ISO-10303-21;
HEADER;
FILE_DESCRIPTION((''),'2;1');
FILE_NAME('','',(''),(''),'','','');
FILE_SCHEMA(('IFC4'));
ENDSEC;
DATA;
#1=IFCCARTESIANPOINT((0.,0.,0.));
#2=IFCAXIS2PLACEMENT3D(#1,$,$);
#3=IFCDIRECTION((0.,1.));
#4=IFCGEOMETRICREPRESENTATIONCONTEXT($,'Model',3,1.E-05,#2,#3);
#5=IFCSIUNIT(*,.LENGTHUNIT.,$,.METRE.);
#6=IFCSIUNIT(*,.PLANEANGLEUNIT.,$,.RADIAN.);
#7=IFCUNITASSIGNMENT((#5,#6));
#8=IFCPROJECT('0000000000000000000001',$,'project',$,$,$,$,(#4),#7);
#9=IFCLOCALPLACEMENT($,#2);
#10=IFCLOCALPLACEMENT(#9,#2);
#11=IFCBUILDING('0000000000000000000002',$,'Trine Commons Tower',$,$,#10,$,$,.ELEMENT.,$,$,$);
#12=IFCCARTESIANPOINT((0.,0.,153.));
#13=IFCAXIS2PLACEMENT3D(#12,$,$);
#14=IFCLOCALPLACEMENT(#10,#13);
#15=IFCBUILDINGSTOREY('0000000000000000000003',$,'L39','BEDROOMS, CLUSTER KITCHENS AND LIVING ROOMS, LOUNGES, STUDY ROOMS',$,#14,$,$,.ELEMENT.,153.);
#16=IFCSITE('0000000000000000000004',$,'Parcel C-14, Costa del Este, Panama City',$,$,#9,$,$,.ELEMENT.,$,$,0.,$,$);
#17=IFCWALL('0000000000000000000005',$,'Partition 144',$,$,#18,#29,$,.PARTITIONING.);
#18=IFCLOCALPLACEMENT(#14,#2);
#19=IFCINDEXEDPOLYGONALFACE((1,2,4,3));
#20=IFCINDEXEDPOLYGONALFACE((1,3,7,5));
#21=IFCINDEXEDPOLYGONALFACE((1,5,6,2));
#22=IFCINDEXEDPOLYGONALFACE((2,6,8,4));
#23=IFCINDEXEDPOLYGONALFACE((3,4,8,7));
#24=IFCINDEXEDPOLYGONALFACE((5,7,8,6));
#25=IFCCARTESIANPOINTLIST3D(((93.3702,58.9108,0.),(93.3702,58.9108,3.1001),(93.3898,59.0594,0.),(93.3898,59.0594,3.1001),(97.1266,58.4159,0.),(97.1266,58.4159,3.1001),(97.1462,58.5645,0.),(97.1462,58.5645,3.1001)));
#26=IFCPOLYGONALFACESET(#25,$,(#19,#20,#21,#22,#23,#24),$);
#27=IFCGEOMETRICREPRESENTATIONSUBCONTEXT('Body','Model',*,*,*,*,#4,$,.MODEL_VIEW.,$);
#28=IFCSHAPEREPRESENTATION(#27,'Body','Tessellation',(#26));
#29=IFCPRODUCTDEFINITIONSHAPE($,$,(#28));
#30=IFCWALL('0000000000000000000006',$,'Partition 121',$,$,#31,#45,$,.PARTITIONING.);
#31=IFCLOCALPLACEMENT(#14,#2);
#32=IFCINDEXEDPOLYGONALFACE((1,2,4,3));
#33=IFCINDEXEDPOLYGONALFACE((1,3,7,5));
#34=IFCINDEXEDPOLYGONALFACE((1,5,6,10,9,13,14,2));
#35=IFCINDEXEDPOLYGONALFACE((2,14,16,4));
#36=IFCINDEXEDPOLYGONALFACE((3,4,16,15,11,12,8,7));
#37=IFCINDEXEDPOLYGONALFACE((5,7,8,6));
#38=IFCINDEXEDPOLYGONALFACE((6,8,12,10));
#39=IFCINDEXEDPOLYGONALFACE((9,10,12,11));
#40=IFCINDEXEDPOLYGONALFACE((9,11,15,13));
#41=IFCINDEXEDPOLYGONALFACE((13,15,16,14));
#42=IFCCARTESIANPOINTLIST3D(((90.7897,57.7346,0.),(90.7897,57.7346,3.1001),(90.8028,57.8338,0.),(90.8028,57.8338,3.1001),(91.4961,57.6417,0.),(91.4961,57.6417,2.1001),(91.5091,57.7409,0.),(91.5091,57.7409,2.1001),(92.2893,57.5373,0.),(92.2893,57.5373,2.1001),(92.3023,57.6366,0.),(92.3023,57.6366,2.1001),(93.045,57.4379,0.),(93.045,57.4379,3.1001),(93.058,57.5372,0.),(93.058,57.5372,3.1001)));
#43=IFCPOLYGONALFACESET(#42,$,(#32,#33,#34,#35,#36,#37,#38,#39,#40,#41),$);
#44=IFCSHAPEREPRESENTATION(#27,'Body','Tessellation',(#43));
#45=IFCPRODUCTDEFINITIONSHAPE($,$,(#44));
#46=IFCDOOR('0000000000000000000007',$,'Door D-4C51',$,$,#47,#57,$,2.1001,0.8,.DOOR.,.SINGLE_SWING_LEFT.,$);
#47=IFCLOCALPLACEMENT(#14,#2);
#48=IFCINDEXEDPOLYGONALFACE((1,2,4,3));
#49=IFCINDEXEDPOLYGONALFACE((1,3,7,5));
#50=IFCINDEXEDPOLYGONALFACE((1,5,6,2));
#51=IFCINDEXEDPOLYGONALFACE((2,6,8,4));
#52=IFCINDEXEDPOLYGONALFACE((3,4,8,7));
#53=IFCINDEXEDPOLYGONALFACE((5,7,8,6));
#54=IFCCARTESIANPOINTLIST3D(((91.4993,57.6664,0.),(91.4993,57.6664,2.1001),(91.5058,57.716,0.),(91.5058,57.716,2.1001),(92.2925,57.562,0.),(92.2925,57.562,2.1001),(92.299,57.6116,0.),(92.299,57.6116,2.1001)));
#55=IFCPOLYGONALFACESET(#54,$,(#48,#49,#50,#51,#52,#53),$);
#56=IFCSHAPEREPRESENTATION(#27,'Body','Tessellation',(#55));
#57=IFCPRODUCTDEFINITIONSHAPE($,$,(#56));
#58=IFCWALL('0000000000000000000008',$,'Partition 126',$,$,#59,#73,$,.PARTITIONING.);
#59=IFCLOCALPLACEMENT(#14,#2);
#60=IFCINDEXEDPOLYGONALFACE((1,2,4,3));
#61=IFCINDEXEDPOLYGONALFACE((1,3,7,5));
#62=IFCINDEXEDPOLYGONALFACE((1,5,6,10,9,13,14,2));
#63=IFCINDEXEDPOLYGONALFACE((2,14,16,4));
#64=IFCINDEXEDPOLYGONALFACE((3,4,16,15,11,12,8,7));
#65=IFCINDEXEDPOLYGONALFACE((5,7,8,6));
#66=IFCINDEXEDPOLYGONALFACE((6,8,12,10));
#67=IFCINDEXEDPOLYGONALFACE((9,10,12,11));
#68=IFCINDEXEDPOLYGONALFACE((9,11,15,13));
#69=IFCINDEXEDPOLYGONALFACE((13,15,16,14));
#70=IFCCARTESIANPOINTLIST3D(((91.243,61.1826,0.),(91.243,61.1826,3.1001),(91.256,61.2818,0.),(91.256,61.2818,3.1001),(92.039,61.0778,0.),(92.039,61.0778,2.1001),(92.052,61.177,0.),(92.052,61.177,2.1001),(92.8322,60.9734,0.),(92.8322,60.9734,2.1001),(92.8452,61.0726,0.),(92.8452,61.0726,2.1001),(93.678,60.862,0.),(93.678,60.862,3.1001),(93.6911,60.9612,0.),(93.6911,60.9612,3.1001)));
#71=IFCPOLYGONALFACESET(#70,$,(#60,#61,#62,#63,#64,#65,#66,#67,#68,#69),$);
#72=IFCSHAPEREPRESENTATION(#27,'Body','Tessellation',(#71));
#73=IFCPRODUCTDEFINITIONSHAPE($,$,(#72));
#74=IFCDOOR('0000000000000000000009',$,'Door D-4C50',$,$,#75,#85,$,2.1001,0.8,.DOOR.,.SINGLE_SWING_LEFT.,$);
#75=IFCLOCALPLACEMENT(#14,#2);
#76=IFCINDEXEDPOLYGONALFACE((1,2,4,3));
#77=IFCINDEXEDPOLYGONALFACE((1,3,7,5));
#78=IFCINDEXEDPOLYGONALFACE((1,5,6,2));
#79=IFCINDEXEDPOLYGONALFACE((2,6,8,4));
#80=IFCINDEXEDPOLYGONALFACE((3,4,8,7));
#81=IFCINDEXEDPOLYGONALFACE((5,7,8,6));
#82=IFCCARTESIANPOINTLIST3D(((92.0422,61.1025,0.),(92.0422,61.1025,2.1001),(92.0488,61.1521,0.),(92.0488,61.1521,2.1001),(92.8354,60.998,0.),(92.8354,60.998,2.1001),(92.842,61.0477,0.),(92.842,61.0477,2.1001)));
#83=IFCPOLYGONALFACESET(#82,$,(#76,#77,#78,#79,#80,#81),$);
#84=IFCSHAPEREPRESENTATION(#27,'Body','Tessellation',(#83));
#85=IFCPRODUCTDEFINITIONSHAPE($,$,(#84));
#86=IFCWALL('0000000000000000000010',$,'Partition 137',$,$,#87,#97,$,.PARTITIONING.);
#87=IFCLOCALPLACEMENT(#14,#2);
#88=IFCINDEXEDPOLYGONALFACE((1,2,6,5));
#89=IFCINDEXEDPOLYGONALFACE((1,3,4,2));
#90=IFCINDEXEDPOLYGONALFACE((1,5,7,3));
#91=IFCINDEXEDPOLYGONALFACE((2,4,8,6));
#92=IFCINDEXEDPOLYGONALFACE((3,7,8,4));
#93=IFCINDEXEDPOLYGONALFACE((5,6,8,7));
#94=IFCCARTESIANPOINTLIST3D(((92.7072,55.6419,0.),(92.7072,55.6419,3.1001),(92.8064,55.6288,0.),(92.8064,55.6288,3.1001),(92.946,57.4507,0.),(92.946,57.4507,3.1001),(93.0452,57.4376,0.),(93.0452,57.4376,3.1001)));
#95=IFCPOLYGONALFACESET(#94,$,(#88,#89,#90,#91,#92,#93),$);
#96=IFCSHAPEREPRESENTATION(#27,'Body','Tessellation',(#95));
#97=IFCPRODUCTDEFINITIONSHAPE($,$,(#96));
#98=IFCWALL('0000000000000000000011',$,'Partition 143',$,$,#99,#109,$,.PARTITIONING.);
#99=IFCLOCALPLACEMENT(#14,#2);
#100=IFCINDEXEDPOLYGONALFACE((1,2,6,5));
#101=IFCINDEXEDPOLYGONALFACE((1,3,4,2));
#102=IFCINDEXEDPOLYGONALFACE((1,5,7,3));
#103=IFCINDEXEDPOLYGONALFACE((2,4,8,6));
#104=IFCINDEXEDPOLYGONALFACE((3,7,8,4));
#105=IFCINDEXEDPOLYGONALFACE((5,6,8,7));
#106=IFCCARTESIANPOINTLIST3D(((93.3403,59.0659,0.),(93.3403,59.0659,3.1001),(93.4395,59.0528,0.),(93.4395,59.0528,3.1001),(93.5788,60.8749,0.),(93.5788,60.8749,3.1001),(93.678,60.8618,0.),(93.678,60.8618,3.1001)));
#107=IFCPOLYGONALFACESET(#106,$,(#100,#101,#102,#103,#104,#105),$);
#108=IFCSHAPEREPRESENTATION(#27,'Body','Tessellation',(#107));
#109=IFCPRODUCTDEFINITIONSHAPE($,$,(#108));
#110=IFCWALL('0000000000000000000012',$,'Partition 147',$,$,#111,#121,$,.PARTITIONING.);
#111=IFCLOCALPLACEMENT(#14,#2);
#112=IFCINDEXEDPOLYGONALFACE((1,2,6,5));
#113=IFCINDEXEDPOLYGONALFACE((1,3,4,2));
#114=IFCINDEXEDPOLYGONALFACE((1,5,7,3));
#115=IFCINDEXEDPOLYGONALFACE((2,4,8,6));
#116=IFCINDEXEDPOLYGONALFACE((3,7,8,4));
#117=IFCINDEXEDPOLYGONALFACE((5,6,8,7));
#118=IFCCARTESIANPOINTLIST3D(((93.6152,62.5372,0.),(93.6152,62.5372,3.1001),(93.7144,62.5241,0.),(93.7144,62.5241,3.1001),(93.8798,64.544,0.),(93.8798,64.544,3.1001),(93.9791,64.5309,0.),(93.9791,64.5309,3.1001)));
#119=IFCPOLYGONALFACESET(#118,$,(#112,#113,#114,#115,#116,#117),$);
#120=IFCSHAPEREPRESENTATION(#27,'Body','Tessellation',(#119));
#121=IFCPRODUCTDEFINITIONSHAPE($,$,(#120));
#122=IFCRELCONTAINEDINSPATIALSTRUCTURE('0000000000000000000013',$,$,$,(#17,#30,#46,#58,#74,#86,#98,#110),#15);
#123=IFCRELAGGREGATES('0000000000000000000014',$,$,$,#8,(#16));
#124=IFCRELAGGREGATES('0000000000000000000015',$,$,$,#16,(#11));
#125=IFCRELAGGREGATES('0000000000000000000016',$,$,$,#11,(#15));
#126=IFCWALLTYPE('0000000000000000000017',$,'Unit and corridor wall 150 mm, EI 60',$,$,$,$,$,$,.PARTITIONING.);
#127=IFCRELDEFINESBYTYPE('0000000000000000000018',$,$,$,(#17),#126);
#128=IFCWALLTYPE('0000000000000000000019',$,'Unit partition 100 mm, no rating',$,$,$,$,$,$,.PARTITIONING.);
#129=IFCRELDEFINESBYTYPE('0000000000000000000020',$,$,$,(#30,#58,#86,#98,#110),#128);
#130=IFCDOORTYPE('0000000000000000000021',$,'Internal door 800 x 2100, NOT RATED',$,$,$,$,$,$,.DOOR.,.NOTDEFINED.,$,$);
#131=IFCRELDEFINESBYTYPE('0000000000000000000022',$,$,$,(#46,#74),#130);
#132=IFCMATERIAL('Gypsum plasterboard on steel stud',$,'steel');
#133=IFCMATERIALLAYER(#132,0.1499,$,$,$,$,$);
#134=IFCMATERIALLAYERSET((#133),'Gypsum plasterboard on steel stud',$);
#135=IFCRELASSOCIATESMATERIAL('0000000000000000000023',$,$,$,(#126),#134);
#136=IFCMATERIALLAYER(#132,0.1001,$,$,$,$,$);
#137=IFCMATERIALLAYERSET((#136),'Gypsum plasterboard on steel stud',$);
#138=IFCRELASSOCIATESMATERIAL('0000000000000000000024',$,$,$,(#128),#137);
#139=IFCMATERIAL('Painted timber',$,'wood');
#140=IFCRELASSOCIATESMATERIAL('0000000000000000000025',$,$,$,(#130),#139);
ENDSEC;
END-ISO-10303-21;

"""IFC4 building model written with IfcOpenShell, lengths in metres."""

from ifc_helpers import new_model, si_unit, direction, frame, frame_2d, origin, place, context, subcontext, project, spatial, rectangle, extrude, material, layer, layer_set, type_object, element, fill, save


model = new_model("IFC4")

# Units and contexts
model_context = context("Model", 3, precision=1e-05, world=origin(), true_north=direction((0.0, 1.0)))
body_context = subcontext(model_context, "Body", "Model", "MODEL_VIEW")
ifc_project = project(units=[si_unit("LENGTHUNIT", "METRE"), si_unit("PLANEANGLEUNIT", "RADIAN")], contexts=[model_context])

# Site, building, storey
site_placement = place(None, origin())
site = spatial("IfcSite", under=ifc_project, at=site_placement, Name="Parcel C-14, Costa del Este, Panama City", CompositionType="ELEMENT", RefElevation=0.0)
building_placement = place(site_placement, origin())
building = spatial("IfcBuilding", under=site, at=building_placement, Name="Trine Commons Tower", CompositionType="ELEMENT")
storey_placement = place(building_placement, frame((0.0, 0.0, 153.0)))
storey = spatial("IfcBuildingStorey", under=building, at=storey_placement, Name="L39", Description="BEDROOMS, CLUSTER KITCHENS AND LIVING ROOMS, LOUNGES, STUDY ROOMS", CompositionType="ELEMENT", Elevation=153.0)

# Shared definitions
ifc_material_1 = material(Name="Gypsum plasterboard on steel stud", Category="steel")
ifc_layer_1 = layer(ifc_material_1, 0.1499)
ifc_layer_set_1 = layer_set([ifc_layer_1], Name="Gypsum plasterboard on steel stud")
wall_type_1 = type_object("IfcWallType", Name="Unit and corridor wall 150 mm, EI 60", PredefinedType="PARTITIONING", material=ifc_layer_set_1)

# Shared definitions
ifc_material_2 = material(Name="Painted timber", Category="wood")

# Wall
wall_1_placement = place(storey_placement, frame((93.3799, 58.9851, 0.0), z_axis=(0.0, 0.0, 1.0), x_axis=(0.991433, -0.130615, 0.0)))
element("IfcWall", 1, at=wall_1_placement, inside=storey, type_object=wall_type_1, Name="Partition 144", PredefinedType="PARTITIONING", context=body_context, shape_type="SweptSolid", body=[
    extrude(rectangle(XDim=3.7888, YDim=0.1499, at=frame_2d((1.8945, 0.0))), origin(), (0.0, 0.0, 1.0), 3.1001),
])

# Walls, openings, doors
ifc_layer_2 = layer(ifc_material_1, 0.1001)
ifc_layer_set_2 = layer_set([ifc_layer_2], Name="Gypsum plasterboard on steel stud")
wall_type_2 = type_object("IfcWallType", Name="Unit partition 100 mm, no rating", PredefinedType="PARTITIONING", material=ifc_layer_set_2)
wall_2_placement = place(storey_placement, frame((90.7964, 57.7842, 0.0), z_axis=(0.0, 0.0, 1.0), x_axis=(0.99146, -0.130413, 0.0)))
wall_2 = element("IfcWall", 2, at=wall_2_placement, inside=storey, type_object=wall_type_2, Name="Partition 121", PredefinedType="PARTITIONING", context=body_context, shape_type="SweptSolid", body=[
    extrude(rectangle(XDim=2.2747, YDim=0.1001, at=frame_2d((1.1372, 0.0))), origin(), (0.0, 0.0, 1.0), 3.1001),
])
opening_1_placement = place(wall_2_placement, frame((0.7124, 0.0, 0.0)))
opening_1 = element("IfcOpeningElement", 3, at=opening_1_placement, cuts=wall_2, PredefinedType="OPENING", context=body_context, shape_type="SweptSolid", body=[
    extrude(rectangle(XDim=0.8, YDim=2.1001, at=frame_2d((0.3999, 1.05))), frame((0.0, 0.0601, 0.0), z_axis=(0.0, -1.0, 0.0), x_axis=(1.0, 0.0, 0.0)), (0.0, 0.0, 1.0), 0.1201),
])
door_type_1 = type_object("IfcDoorType", Name="Internal door 800 x 2100, NOT RATED", OperationType="NOTDEFINED", PredefinedType="DOOR", material=ifc_material_2)
door_1_placement = place(opening_1_placement, origin())
door_1 = element("IfcDoor", 4, at=door_1_placement, inside=storey, type_object=door_type_1, Name="Door D-4C51", OperationType="SINGLE_SWING_LEFT", OverallHeight=2.1001, OverallWidth=0.8, PredefinedType="DOOR", context=body_context, shape_type="SweptSolid", body=[
    extrude(rectangle(XDim=0.8, YDim=2.1001, at=frame_2d((0.3999, 1.05))), frame((0.0, 0.0249, 0.0), z_axis=(0.0, -1.0, 0.0), x_axis=(1.0, 0.0, 0.0)), (0.0, 0.0, 1.0), 0.05),
])
fill(opening_1, door_1)
wall_3_placement = place(storey_placement, frame((91.2495, 61.2322, 0.0), z_axis=(0.0, 0.0, 1.0), x_axis=(0.991446, -0.130516, 0.0)))
wall_3 = element("IfcWall", 5, at=wall_3_placement, inside=storey, type_object=wall_type_2, Name="Partition 126", PredefinedType="PARTITIONING", context=body_context, shape_type="SweptSolid", body=[
    extrude(rectangle(XDim=2.4561, YDim=0.1001, at=frame_2d((1.228, 0.0))), origin(), (0.0, 0.0, 1.0), 3.1001),
])
opening_2_placement = place(wall_3_placement, frame((0.803, 0.0, 0.0)))
opening_2 = element("IfcOpeningElement", 6, at=opening_2_placement, cuts=wall_3, PredefinedType="OPENING", context=body_context, shape_type="SweptSolid", body=[
    extrude(rectangle(XDim=0.8, YDim=2.1001, at=frame_2d((0.3999, 1.05))), frame((0.0, 0.0601, 0.0), z_axis=(0.0, -1.0, 0.0), x_axis=(1.0, 0.0, 0.0)), (0.0, 0.0, 1.0), 0.1201),
])
door_2_placement = place(opening_2_placement, origin())
door_2 = element("IfcDoor", 7, at=door_2_placement, inside=storey, type_object=door_type_1, Name="Door D-4C50", OperationType="SINGLE_SWING_LEFT", OverallHeight=2.1001, OverallWidth=0.8, PredefinedType="DOOR", context=body_context, shape_type="SweptSolid", body=[
    extrude(rectangle(XDim=0.8, YDim=2.1001, at=frame_2d((0.3999, 1.05))), frame((0.0, 0.0249, 0.0), z_axis=(0.0, -1.0, 0.0), x_axis=(1.0, 0.0, 0.0)), (0.0, 0.0, 1.0), 0.05),
])
fill(opening_2, door_2)

# Walls
wall_4_placement = place(storey_placement, frame((92.7568, 55.6355, 0.0), z_axis=(0.0, 0.0, 1.0), x_axis=(0.130866, 0.9914, 0.0)))
element("IfcWall", 8, at=wall_4_placement, inside=storey, type_object=wall_type_2, Name="Partition 137", PredefinedType="PARTITIONING", context=body_context, shape_type="SweptSolid", body=[
    extrude(rectangle(XDim=1.8245, YDim=0.1001, at=frame_2d((0.9121, 0.0))), origin(), (0.0, 0.0, 1.0), 3.1001),
])
wall_5_placement = place(storey_placement, frame((93.3899, 59.0593, 0.0), z_axis=(0.0, 0.0, 1.0), x_axis=(0.130718, 0.99142, 0.0)))
element("IfcWall", 9, at=wall_5_placement, inside=storey, type_object=wall_type_2, Name="Partition 143", PredefinedType="PARTITIONING", context=body_context, shape_type="SweptSolid", body=[
    extrude(rectangle(XDim=1.8247, YDim=0.1001, at=frame_2d((0.9124, 0.0))), origin(), (0.0, 0.0, 1.0), 3.1001),
])
wall_6_placement = place(storey_placement, frame((93.6648, 62.5305, 0.0), z_axis=(0.0, 0.0, 1.0), x_axis=(0.130742, 0.991416, 0.0)))
element("IfcWall", 10, at=wall_6_placement, inside=storey, type_object=wall_type_2, Name="Partition 147", PredefinedType="PARTITIONING", context=body_context, shape_type="SweptSolid", body=[
    extrude(rectangle(XDim=2.0242, YDim=0.1001, at=frame_2d((1.0122, 0.0))), origin(), (0.0, 0.0, 1.0), 3.1001),
])

save(model, "model.ifc")
